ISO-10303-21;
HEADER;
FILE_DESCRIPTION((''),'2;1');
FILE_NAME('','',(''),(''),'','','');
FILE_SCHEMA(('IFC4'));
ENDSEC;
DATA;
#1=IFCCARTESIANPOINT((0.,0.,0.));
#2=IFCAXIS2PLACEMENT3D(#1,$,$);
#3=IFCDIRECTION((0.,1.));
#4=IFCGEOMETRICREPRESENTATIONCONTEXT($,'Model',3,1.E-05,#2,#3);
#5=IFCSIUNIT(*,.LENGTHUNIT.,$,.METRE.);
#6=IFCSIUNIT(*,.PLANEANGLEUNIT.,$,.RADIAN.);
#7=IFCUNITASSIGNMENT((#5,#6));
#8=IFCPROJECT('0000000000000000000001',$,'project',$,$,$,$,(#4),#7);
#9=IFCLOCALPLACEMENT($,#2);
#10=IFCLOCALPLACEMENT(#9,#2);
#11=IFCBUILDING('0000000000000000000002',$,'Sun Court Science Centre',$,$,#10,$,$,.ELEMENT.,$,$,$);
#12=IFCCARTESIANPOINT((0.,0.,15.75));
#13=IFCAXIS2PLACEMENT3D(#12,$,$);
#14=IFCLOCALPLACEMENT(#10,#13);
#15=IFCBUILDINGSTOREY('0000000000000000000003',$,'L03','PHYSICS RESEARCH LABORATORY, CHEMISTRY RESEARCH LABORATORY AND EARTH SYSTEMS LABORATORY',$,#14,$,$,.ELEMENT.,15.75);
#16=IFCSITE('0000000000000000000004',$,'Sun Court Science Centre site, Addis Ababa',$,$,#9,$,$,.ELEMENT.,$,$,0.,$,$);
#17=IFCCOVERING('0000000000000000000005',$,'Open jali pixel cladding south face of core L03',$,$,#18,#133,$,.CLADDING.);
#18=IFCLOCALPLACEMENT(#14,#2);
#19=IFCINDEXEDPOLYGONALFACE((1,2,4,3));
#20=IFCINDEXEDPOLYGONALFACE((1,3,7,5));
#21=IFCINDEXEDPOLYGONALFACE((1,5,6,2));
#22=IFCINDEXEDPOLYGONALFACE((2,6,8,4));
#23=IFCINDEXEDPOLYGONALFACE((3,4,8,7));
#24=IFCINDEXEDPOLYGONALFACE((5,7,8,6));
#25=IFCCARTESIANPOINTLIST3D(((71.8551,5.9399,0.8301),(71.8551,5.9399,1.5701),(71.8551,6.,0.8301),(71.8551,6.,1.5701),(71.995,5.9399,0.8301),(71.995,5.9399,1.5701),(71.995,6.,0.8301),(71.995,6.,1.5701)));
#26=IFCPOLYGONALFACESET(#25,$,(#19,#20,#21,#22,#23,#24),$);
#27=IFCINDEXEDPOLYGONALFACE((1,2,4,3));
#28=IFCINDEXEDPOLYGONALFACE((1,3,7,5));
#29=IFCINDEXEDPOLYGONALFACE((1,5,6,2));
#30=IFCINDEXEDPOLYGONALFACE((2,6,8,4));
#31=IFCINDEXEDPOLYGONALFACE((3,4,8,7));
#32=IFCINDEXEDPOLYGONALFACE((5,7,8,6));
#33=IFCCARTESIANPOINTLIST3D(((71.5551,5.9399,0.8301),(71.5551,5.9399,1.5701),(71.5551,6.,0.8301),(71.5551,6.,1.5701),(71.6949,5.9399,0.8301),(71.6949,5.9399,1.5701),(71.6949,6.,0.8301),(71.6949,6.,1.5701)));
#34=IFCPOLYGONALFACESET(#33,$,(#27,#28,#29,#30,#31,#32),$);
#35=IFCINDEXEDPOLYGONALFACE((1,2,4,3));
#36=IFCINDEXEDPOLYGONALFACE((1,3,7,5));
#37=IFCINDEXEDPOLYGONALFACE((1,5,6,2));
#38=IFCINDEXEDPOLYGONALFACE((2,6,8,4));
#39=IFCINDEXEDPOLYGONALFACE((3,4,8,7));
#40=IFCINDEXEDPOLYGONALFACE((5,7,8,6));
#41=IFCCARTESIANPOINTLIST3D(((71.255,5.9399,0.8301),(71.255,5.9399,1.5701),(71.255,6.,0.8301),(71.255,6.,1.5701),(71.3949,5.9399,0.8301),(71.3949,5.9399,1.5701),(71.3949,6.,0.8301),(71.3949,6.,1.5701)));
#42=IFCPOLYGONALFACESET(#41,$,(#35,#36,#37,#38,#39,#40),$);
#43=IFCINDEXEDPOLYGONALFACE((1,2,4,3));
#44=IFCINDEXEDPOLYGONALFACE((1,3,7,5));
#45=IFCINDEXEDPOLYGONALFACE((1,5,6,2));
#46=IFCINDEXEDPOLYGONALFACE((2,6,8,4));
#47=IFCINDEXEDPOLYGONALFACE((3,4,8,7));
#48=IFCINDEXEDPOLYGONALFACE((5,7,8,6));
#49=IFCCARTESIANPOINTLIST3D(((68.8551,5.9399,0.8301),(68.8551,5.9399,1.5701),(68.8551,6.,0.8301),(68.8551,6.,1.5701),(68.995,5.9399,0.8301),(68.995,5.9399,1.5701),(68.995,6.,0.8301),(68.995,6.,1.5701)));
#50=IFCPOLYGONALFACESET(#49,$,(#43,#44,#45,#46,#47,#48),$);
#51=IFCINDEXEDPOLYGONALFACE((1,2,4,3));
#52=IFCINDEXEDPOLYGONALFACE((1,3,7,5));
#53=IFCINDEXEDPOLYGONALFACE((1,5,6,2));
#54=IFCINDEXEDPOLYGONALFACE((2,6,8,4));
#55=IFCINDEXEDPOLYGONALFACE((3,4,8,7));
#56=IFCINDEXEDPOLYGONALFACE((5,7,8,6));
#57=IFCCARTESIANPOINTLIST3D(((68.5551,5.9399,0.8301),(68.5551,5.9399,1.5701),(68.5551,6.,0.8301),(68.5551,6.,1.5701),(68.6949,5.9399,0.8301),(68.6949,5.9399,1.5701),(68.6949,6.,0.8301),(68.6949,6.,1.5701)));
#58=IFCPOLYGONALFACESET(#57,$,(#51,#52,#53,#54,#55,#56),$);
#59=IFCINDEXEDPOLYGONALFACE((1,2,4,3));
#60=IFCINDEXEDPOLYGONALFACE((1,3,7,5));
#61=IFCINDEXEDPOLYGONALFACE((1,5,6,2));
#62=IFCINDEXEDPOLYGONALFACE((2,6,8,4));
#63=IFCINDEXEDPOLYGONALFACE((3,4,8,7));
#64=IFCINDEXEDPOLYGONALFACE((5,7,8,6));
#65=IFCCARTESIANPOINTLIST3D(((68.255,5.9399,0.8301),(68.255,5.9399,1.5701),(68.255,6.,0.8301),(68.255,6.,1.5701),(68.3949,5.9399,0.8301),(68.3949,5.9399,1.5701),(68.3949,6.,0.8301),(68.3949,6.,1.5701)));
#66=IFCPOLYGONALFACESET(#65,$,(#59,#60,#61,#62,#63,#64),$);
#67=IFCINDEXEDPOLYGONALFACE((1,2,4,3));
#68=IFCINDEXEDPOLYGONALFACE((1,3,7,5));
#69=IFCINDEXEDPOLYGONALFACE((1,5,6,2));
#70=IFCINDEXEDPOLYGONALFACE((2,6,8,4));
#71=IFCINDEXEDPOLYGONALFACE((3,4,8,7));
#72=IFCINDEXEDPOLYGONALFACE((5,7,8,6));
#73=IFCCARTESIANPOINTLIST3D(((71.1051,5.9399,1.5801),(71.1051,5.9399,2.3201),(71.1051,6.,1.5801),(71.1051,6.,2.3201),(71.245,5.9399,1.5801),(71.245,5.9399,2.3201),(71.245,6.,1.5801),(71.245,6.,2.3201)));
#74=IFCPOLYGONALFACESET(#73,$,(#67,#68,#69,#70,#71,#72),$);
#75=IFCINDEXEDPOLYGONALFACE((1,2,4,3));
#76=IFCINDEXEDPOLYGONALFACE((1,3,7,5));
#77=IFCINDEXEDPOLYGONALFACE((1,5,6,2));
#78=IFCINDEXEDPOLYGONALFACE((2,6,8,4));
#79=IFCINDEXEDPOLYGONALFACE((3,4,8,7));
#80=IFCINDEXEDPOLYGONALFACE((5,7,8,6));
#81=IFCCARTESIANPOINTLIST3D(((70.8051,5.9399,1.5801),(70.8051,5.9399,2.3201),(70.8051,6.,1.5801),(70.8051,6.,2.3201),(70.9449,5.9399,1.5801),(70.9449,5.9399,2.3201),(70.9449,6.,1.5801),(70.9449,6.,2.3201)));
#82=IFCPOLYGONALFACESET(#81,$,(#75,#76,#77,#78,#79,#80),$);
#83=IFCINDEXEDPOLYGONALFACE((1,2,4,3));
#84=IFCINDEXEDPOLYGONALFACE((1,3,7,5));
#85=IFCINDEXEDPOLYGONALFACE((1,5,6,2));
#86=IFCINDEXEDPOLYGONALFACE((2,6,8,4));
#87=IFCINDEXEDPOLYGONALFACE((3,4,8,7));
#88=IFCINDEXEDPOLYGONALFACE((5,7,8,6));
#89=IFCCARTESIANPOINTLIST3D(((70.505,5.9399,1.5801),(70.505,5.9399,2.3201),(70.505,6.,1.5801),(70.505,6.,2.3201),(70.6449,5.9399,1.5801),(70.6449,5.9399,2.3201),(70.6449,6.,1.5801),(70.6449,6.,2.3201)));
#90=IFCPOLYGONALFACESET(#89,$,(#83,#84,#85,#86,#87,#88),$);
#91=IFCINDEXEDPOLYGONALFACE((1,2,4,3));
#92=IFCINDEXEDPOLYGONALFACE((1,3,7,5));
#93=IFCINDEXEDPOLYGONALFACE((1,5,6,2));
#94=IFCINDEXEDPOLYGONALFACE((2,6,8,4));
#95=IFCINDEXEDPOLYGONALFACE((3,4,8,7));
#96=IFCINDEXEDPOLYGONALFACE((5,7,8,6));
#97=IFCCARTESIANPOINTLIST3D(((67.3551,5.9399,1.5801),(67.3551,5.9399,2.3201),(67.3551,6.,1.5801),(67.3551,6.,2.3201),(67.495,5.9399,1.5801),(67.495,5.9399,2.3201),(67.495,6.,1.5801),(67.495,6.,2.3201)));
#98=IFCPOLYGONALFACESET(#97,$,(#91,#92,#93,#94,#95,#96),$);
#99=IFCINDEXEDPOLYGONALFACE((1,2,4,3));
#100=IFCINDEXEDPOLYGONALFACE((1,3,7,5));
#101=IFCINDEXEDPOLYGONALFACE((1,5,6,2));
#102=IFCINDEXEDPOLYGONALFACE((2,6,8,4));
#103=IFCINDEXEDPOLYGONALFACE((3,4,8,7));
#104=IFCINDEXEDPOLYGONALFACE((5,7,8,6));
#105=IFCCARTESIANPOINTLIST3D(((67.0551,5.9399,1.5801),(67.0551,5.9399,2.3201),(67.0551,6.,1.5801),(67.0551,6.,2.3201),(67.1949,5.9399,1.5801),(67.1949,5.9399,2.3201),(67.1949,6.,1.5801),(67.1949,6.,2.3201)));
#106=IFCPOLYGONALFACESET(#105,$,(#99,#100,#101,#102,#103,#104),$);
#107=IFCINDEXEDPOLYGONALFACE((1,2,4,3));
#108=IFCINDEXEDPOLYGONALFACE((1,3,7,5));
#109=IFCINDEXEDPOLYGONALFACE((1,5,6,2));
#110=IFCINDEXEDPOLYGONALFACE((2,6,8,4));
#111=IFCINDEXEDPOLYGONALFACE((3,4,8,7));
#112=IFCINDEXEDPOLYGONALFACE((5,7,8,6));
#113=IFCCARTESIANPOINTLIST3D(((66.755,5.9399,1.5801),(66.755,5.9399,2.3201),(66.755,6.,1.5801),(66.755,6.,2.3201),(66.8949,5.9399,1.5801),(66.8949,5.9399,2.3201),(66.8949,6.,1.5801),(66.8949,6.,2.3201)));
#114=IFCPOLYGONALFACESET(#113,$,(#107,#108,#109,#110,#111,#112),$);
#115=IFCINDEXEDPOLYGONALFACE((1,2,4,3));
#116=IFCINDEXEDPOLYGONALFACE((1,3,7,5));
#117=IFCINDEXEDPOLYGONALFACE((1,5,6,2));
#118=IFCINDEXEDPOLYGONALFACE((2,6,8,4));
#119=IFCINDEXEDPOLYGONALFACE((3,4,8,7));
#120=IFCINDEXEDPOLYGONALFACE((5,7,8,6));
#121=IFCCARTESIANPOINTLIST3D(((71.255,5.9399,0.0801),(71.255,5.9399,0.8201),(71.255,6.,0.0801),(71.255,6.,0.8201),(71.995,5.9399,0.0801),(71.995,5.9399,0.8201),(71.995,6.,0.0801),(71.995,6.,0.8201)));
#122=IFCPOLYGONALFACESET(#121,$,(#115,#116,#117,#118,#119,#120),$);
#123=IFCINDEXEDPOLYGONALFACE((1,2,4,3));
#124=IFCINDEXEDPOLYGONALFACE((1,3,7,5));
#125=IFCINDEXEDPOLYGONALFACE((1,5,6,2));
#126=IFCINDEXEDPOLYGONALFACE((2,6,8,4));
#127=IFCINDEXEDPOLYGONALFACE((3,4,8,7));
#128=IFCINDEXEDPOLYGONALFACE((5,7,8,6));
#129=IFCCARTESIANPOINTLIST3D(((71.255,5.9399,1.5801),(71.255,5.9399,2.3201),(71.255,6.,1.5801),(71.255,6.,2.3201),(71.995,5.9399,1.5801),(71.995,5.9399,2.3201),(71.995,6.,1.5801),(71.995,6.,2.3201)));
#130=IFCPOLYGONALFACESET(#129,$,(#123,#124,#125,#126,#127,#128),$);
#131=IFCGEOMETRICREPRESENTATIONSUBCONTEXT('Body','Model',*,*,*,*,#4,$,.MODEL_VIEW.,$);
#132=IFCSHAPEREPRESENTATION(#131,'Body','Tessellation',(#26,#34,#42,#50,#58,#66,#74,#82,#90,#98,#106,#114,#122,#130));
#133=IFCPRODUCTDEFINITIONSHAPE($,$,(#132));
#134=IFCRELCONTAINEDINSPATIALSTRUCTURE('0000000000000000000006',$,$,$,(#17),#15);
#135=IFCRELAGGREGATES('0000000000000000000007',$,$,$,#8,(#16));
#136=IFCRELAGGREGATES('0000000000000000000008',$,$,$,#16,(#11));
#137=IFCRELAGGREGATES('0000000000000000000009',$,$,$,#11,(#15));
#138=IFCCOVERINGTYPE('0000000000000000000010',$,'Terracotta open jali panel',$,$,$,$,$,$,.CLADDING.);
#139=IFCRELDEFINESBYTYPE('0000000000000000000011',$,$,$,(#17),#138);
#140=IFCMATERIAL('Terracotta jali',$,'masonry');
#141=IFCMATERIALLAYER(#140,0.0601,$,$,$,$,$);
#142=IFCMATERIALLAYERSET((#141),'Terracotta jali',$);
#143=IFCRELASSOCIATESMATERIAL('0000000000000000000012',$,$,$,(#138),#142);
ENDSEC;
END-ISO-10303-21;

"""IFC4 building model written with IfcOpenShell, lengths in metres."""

from ifc_helpers import new_model, si_unit, direction, frame, origin, origin_2d, place, context, subcontext, project, spatial, rectangle, extrude, material, layer, layer_set, type_object, element, save


model = new_model("IFC4")

# Units and contexts
model_context = context("Model", 3, precision=1e-05, world=origin(), true_north=direction((0.0, 1.0)))
body_context = subcontext(model_context, "Body", "Model", "MODEL_VIEW")
ifc_project = project(units=[si_unit("LENGTHUNIT", "METRE"), si_unit("PLANEANGLEUNIT", "RADIAN")], contexts=[model_context])

# Site, building, storey
site_placement = place(None, origin())
site = spatial("IfcSite", under=ifc_project, at=site_placement, Name="Sun Court Science Centre site, Addis Ababa", CompositionType="ELEMENT", RefElevation=0.0)
building_placement = place(site_placement, origin())
building = spatial("IfcBuilding", under=site, at=building_placement, Name="Sun Court Science Centre", CompositionType="ELEMENT")
storey_placement = place(building_placement, frame((0.0, 0.0, 15.75)))
storey = spatial("IfcBuildingStorey", under=building, at=storey_placement, Name="L03", Description="PHYSICS RESEARCH LABORATORY, CHEMISTRY RESEARCH LABORATORY AND EARTH SYSTEMS LABORATORY", CompositionType="ELEMENT", Elevation=15.75)

# Covering
ifc_material_1 = material(Name="Terracotta jali", Category="masonry")
ifc_layer_1 = layer(ifc_material_1, 0.0601)
ifc_layer_set_1 = layer_set([ifc_layer_1], Name="Terracotta jali")
covering_type_1 = type_object("IfcCoveringType", Name="Terracotta open jali panel", PredefinedType="CLADDING", material=ifc_layer_set_1)
covering_1_placement = place(storey_placement, frame((0.0, 0.0, -15.75)))
element("IfcCovering", 1, at=covering_1_placement, inside=storey, type_object=covering_type_1, Name="Open jali pixel cladding south face of core L03", PredefinedType="CLADDING", context=body_context, shape_type="SweptSolid", body=[
    extrude(rectangle(XDim=0.1399, YDim=0.0601, at=origin_2d()), frame((71.925, 5.97, 16.5801), z_axis=(0.0, 0.0, 1.0), x_axis=(-1.0, 0.0, 0.0)), (0.0, 0.0, 1.0), 0.74),
    extrude(rectangle(XDim=0.1399, YDim=0.0601, at=origin_2d()), frame((71.625, 5.97, 16.5801), z_axis=(0.0, 0.0, 1.0), x_axis=(-1.0, 0.0, 0.0)), (0.0, 0.0, 1.0), 0.74),
    extrude(rectangle(XDim=0.1399, YDim=0.0601, at=origin_2d()), frame((71.325, 5.97, 16.5801), z_axis=(0.0, 0.0, 1.0), x_axis=(-1.0, 0.0, 0.0)), (0.0, 0.0, 1.0), 0.74),
    extrude(rectangle(XDim=0.1399, YDim=0.0601, at=origin_2d()), frame((68.925, 5.97, 16.5801), z_axis=(0.0, 0.0, 1.0), x_axis=(-1.0, 0.0, 0.0)), (0.0, 0.0, 1.0), 0.74),
    extrude(rectangle(XDim=0.1399, YDim=0.0601, at=origin_2d()), frame((68.625, 5.97, 16.5801), z_axis=(0.0, 0.0, 1.0), x_axis=(-1.0, 0.0, 0.0)), (0.0, 0.0, 1.0), 0.74),
    extrude(rectangle(XDim=0.1399, YDim=0.0601, at=origin_2d()), frame((68.325, 5.97, 16.5801), z_axis=(0.0, 0.0, 1.0), x_axis=(-1.0, 0.0, 0.0)), (0.0, 0.0, 1.0), 0.74),
    extrude(rectangle(XDim=0.1399, YDim=0.0601, at=origin_2d()), frame((71.175, 5.97, 17.3301), z_axis=(0.0, 0.0, 1.0), x_axis=(-1.0, 0.0, 0.0)), (0.0, 0.0, 1.0), 0.74),
    extrude(rectangle(XDim=0.1399, YDim=0.0601, at=origin_2d()), frame((70.875, 5.97, 17.3301), z_axis=(0.0, 0.0, 1.0), x_axis=(-1.0, 0.0, 0.0)), (0.0, 0.0, 1.0), 0.74),
    extrude(rectangle(XDim=0.1399, YDim=0.0601, at=origin_2d()), frame((70.575, 5.97, 17.3301), z_axis=(0.0, 0.0, 1.0), x_axis=(-1.0, 0.0, 0.0)), (0.0, 0.0, 1.0), 0.74),
    extrude(rectangle(XDim=0.1399, YDim=0.0601, at=origin_2d()), frame((67.425, 5.97, 17.3301), z_axis=(0.0, 0.0, 1.0), x_axis=(-1.0, 0.0, 0.0)), (0.0, 0.0, 1.0), 0.74),
    extrude(rectangle(XDim=0.1399, YDim=0.0601, at=origin_2d()), frame((67.125, 5.97, 17.3301), z_axis=(0.0, 0.0, 1.0), x_axis=(-1.0, 0.0, 0.0)), (0.0, 0.0, 1.0), 0.74),
    extrude(rectangle(XDim=0.1399, YDim=0.0601, at=origin_2d()), frame((66.825, 5.97, 17.3301), z_axis=(0.0, 0.0, 1.0), x_axis=(-1.0, 0.0, 0.0)), (0.0, 0.0, 1.0), 0.74),
    extrude(rectangle(XDim=0.74, YDim=0.0601, at=origin_2d()), frame((71.625, 5.97, 15.8301), z_axis=(0.0, 0.0, 1.0), x_axis=(-1.0, 0.0, 0.0)), (0.0, 0.0, 1.0), 0.74),
    extrude(rectangle(XDim=0.74, YDim=0.0601, at=origin_2d()), frame((71.625, 5.97, 17.3301), z_axis=(0.0, 0.0, 1.0), x_axis=(-1.0, 0.0, 0.0)), (0.0, 0.0, 1.0), 0.74),
])

save(model, "model.ifc")
